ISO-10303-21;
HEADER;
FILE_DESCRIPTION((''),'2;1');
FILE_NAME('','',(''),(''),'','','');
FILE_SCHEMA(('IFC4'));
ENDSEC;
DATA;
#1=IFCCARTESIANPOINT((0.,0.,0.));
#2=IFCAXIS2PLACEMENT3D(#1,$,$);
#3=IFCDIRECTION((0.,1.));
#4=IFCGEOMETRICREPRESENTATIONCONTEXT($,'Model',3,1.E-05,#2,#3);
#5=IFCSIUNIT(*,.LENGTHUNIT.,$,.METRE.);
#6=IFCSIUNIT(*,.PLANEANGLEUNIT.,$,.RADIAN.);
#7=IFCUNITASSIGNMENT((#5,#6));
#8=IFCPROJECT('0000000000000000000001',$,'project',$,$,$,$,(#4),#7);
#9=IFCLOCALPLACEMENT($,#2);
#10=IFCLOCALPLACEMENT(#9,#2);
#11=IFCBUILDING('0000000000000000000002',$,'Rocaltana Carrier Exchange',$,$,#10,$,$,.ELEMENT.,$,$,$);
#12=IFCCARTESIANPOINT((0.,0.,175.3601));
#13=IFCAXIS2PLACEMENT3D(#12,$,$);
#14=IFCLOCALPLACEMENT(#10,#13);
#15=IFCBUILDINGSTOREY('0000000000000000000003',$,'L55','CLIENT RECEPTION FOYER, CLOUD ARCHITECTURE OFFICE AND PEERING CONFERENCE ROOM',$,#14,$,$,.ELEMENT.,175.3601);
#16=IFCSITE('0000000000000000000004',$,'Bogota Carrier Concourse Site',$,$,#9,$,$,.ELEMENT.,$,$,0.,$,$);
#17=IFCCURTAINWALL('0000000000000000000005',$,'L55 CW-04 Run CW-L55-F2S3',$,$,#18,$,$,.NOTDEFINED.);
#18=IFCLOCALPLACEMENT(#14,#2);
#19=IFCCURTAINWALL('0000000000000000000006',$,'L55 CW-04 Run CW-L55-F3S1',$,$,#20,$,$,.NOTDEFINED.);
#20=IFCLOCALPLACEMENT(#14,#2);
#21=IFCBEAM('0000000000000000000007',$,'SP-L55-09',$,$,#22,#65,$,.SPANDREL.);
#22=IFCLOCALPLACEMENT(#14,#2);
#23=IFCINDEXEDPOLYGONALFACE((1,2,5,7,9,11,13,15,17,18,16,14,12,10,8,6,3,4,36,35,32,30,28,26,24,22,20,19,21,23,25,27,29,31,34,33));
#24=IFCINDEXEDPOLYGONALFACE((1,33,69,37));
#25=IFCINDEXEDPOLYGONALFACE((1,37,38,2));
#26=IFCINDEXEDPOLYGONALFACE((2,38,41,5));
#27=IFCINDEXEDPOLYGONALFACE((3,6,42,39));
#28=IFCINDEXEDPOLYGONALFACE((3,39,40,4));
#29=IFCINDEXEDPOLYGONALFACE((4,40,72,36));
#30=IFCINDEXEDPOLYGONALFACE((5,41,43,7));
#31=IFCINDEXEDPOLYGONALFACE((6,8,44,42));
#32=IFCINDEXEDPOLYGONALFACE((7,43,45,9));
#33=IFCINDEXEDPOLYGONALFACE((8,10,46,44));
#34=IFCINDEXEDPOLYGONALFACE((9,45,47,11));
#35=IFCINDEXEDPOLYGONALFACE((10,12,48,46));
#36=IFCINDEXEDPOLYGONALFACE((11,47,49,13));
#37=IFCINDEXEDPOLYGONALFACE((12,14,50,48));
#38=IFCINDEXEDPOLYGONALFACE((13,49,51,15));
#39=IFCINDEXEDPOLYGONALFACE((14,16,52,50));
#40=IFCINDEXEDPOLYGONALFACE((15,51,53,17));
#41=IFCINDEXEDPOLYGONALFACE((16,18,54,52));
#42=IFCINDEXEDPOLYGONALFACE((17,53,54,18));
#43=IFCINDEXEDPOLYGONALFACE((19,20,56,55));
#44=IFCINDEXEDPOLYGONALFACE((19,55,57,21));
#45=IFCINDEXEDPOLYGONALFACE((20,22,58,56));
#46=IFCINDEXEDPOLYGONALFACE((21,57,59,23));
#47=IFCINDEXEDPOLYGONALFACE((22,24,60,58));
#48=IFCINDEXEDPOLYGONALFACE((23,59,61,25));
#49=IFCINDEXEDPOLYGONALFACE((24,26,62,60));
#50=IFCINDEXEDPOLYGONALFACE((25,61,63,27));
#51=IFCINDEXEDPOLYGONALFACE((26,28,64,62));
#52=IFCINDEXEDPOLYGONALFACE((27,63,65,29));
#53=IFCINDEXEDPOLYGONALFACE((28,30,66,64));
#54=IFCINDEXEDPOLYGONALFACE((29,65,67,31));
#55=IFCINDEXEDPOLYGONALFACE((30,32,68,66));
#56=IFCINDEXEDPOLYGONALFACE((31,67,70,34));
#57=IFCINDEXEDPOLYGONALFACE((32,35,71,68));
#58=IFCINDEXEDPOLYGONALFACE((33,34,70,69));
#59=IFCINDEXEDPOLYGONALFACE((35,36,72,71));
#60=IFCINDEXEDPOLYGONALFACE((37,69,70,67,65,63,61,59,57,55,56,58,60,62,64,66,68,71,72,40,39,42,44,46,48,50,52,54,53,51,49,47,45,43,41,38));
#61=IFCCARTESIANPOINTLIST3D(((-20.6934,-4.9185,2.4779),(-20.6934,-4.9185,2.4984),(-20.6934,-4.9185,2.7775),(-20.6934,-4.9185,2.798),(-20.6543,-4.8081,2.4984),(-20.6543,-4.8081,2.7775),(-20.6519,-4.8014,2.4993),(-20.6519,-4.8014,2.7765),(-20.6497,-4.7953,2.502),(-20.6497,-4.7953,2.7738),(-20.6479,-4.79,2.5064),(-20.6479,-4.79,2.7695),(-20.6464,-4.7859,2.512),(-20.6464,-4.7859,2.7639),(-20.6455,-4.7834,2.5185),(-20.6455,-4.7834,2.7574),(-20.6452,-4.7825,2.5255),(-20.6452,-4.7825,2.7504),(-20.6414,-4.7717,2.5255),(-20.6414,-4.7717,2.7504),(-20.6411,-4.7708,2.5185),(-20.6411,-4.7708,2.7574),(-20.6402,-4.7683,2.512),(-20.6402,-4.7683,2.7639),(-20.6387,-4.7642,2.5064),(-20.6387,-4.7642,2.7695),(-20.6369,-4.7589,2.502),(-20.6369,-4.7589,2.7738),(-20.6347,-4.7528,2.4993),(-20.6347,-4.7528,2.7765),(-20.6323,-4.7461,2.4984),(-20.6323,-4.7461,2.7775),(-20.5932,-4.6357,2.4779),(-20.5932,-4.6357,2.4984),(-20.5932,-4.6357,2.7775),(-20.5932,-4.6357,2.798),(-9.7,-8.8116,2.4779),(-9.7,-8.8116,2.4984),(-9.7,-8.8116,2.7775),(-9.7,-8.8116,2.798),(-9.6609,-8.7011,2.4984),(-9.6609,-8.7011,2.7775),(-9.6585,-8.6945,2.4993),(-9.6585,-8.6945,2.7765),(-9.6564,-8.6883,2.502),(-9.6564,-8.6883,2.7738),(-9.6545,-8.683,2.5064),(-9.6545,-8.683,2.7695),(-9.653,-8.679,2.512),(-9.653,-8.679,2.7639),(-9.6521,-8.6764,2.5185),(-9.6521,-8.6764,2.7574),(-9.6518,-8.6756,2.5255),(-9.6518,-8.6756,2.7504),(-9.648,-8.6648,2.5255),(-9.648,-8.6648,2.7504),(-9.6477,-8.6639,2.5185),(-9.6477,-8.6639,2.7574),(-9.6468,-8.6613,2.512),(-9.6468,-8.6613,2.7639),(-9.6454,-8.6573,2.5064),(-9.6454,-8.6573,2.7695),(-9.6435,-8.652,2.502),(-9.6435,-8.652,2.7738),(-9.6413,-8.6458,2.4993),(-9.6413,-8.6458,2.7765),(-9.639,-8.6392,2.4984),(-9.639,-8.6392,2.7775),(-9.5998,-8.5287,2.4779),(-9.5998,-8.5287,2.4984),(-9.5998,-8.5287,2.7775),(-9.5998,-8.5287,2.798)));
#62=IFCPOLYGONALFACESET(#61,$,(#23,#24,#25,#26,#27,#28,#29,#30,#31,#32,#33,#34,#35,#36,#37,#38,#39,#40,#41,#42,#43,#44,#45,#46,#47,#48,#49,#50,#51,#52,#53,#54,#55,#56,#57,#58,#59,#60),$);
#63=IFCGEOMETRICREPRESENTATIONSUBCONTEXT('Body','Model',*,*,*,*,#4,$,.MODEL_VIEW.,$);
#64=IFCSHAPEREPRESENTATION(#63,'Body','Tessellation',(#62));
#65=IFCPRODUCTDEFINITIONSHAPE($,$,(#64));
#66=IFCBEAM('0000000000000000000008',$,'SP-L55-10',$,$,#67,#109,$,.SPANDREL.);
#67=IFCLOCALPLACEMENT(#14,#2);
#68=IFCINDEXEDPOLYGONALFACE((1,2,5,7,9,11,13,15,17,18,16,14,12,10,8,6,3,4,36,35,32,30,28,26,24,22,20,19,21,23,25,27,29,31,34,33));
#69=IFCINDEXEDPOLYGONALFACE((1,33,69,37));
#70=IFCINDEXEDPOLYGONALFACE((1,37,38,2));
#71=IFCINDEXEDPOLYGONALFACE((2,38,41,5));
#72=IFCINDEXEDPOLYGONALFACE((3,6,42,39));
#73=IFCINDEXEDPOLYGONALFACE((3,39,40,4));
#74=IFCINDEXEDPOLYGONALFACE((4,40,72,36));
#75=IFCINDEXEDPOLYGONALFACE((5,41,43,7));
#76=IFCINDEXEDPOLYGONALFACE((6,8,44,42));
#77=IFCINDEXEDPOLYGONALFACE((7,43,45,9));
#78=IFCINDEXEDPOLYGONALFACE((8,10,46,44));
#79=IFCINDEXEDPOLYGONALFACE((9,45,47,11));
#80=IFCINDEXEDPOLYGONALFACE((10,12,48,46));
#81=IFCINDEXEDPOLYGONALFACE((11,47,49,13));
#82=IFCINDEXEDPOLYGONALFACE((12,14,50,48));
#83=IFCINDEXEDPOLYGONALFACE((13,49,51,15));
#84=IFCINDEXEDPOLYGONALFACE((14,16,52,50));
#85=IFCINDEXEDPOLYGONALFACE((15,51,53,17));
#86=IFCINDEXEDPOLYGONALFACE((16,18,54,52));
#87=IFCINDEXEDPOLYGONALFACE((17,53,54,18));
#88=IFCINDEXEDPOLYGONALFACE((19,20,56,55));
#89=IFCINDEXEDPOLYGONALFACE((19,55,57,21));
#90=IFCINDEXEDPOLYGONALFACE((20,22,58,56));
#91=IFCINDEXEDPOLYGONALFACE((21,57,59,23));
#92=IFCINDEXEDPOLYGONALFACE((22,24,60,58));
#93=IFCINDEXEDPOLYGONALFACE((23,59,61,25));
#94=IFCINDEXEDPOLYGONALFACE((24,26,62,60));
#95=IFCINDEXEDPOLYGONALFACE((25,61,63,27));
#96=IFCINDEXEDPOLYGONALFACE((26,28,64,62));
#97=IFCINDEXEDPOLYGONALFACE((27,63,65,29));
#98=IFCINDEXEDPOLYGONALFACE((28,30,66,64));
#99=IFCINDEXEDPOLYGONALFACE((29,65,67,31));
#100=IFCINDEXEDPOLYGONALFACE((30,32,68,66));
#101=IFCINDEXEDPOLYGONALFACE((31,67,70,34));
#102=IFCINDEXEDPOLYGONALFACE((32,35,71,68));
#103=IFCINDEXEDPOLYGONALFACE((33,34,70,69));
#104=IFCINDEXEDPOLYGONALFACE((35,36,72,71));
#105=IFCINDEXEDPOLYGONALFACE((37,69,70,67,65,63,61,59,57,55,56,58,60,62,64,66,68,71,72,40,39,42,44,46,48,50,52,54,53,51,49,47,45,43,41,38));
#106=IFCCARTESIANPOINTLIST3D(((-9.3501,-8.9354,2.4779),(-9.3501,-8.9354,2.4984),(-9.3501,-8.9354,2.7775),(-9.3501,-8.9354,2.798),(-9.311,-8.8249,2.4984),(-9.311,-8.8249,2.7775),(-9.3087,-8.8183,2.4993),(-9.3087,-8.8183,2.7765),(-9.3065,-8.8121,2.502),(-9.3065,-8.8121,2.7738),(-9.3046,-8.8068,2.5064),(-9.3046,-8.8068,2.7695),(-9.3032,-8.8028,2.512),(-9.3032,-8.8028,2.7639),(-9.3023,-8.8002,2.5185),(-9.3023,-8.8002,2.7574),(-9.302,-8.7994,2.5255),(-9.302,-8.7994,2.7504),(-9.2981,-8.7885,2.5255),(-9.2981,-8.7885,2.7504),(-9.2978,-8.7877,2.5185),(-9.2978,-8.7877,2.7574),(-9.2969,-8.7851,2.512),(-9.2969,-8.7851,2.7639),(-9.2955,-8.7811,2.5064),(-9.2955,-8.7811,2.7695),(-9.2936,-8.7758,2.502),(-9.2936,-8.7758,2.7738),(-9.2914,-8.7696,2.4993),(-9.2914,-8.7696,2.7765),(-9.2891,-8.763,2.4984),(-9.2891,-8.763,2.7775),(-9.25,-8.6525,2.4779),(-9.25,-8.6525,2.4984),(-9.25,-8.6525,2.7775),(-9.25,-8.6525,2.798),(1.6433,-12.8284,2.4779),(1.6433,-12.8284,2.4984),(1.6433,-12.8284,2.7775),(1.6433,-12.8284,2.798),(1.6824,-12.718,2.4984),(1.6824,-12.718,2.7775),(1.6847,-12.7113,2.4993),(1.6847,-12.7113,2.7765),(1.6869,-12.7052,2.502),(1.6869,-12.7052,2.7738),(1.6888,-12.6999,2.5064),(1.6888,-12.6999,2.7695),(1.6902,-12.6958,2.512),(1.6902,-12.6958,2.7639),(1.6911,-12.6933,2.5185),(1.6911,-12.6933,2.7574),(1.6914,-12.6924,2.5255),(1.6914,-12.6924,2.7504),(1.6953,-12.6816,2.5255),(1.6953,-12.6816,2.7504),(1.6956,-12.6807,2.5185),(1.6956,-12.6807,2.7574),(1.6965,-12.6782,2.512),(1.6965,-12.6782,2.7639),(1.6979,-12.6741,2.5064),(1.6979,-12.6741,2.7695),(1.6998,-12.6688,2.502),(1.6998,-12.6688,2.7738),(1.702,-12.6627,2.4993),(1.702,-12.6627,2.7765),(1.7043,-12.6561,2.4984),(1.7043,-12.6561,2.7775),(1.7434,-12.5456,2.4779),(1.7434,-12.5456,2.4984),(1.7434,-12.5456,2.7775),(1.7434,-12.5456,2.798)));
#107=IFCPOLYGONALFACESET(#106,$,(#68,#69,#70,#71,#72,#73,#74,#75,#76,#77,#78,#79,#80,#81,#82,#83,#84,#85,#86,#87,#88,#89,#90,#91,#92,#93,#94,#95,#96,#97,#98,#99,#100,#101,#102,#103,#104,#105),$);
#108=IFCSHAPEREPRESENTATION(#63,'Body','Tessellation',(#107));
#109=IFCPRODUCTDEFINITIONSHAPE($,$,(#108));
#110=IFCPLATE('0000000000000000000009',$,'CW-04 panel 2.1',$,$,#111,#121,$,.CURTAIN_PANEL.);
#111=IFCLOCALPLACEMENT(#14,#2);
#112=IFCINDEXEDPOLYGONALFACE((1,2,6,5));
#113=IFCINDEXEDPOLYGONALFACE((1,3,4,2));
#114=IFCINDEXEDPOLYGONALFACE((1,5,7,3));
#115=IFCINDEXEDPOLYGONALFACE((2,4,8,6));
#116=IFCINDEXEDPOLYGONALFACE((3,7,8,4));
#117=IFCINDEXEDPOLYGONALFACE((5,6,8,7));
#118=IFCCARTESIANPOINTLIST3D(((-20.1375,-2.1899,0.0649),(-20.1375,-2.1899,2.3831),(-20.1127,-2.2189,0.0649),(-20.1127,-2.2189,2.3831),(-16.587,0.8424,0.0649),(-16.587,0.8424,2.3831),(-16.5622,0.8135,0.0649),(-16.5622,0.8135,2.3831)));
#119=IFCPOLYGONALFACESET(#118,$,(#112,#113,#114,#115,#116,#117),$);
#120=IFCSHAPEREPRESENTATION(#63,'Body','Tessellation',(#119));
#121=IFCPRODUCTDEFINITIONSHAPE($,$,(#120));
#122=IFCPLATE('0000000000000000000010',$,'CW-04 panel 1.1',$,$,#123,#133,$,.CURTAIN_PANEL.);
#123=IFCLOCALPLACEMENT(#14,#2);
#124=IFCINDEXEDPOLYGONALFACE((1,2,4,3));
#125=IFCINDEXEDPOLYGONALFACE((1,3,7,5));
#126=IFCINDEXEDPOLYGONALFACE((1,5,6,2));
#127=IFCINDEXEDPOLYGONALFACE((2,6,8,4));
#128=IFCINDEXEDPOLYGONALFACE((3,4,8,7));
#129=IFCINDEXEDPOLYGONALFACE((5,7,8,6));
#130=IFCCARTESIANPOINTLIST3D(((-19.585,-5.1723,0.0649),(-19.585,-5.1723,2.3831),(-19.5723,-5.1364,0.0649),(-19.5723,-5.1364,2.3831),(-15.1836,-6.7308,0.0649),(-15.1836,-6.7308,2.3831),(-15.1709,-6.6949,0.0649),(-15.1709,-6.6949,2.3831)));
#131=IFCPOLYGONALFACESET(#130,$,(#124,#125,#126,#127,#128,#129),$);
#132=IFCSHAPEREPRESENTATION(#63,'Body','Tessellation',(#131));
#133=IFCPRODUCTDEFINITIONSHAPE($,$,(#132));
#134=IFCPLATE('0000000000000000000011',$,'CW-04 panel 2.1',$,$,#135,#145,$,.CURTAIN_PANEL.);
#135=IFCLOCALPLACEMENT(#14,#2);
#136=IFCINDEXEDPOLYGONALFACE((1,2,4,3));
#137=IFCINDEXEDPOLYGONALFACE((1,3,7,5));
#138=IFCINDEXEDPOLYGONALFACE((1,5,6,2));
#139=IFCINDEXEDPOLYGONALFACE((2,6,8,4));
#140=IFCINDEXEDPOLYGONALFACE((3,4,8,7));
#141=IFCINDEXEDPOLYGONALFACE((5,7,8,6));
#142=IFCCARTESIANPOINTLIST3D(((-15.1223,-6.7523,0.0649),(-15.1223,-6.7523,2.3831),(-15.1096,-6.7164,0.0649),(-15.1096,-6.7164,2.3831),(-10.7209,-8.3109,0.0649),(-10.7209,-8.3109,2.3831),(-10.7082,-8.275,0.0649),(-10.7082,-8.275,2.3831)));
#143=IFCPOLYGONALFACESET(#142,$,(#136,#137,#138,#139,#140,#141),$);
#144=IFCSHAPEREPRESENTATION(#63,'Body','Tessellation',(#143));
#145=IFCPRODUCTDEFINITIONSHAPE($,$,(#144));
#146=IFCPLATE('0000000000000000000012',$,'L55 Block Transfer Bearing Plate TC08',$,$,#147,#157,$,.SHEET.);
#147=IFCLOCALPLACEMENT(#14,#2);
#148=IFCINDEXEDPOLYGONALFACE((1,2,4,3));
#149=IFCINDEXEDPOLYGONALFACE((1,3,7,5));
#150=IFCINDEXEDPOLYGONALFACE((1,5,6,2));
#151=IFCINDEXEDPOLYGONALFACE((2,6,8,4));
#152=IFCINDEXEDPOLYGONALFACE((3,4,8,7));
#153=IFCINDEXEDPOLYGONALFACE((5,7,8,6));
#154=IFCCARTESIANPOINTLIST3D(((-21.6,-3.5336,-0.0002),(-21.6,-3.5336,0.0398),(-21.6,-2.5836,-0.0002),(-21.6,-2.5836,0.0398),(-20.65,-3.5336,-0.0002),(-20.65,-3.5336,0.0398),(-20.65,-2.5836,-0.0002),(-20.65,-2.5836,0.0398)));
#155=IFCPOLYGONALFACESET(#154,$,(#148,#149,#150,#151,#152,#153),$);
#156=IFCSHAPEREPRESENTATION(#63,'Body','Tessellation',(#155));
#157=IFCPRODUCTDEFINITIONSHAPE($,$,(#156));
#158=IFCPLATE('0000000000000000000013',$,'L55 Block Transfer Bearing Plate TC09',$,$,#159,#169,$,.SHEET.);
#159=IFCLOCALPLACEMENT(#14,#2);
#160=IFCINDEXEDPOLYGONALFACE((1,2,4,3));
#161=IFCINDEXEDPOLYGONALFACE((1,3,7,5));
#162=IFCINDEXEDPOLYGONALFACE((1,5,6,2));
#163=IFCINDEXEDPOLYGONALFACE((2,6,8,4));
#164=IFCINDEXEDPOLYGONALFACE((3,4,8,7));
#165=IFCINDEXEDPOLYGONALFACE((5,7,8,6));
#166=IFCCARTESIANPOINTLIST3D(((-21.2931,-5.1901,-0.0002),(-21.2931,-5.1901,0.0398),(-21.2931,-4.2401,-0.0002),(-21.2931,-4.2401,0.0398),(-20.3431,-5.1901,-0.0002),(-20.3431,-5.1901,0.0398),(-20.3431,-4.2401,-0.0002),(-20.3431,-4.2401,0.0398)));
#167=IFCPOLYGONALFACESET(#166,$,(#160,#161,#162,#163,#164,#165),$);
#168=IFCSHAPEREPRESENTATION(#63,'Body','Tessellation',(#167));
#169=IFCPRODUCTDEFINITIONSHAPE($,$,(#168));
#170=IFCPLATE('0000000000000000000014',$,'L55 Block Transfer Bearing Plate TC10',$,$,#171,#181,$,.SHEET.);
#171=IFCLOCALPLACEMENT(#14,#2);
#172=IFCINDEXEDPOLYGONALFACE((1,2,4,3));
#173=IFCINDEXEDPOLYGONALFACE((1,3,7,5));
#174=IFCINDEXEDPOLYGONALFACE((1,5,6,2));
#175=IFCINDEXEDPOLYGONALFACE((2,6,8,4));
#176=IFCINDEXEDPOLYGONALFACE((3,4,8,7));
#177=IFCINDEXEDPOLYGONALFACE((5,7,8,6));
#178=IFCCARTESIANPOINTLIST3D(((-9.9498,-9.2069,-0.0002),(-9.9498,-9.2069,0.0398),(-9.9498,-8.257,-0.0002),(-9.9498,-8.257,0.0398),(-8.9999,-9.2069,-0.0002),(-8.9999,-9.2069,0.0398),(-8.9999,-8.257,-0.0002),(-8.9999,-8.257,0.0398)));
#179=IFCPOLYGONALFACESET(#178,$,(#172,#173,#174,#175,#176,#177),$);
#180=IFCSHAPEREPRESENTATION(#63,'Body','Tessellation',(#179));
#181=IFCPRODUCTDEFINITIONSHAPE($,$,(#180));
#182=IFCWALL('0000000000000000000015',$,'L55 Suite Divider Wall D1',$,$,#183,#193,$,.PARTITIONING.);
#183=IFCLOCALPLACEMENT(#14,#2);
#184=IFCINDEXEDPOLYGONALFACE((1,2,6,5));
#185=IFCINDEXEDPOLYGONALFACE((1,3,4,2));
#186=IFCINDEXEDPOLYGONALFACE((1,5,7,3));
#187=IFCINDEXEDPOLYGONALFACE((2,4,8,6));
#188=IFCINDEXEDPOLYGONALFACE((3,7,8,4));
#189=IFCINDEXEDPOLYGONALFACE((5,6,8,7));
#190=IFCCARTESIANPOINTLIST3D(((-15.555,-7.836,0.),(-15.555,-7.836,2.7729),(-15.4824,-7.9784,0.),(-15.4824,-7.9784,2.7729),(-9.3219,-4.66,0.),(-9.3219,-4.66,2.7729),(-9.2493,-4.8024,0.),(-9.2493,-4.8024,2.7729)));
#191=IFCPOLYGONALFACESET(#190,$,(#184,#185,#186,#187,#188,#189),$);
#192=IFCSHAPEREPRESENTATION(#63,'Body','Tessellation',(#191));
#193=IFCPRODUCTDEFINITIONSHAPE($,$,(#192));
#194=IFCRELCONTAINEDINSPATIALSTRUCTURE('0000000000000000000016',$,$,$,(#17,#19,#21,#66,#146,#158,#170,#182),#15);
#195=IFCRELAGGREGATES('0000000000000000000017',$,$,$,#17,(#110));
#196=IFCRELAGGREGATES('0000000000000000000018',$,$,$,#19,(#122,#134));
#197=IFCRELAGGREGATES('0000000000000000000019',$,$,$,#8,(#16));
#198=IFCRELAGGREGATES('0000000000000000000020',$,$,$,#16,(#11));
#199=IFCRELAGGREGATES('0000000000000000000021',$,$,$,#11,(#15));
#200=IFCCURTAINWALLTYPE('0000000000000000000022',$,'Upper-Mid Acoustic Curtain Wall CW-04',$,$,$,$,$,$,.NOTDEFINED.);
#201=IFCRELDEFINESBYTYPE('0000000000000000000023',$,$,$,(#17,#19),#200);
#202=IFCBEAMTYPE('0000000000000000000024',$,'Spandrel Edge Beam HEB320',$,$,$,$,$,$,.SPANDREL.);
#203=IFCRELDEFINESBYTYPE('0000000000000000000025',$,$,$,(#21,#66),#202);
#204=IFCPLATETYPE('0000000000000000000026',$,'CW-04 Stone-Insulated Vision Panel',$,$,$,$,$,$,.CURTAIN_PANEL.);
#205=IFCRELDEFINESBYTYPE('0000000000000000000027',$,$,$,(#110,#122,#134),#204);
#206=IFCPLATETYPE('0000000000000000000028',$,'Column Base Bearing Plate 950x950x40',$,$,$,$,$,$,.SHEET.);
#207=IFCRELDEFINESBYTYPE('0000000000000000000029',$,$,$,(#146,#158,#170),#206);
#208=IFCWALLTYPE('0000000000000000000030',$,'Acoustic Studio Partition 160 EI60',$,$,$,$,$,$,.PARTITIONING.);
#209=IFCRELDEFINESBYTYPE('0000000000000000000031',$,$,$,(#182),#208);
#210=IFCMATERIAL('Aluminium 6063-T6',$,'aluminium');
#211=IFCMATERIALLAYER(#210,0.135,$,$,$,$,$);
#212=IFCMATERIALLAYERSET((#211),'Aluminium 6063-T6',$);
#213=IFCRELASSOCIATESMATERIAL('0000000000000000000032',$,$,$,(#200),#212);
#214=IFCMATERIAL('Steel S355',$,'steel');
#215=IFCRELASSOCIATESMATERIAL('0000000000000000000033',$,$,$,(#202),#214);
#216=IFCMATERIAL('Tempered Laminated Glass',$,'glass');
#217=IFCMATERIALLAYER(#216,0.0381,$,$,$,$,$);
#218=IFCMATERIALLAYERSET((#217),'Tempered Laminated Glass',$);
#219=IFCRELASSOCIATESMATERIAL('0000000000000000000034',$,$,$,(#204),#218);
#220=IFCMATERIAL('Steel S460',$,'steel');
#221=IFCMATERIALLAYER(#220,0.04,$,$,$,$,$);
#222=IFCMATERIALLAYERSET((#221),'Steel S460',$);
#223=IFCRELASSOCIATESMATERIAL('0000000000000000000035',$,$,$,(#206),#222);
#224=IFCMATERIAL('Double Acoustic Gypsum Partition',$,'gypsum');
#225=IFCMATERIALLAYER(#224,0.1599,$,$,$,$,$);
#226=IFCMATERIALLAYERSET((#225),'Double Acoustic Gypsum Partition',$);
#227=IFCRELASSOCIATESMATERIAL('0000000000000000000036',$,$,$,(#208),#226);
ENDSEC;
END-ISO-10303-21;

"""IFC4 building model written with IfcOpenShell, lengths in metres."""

from ifc_helpers import new_model, si_unit, direction, frame, frame_2d, origin, origin_2d, place, context, subcontext, project, spatial, rectangle, i_section, extrude, material, layer, layer_set, material_profile, profile_set, type_object, element, aggregate, save


model = new_model("IFC4")

# Units and contexts
model_context = context("Model", 3, precision=1e-05, world=origin(), true_north=direction((0.0, 1.0)))
body_context = subcontext(model_context, "Body", "Model", "MODEL_VIEW")
ifc_project = project(units=[si_unit("LENGTHUNIT", "METRE"), si_unit("PLANEANGLEUNIT", "RADIAN")], contexts=[model_context])

# Site, building, storey
site_placement = place(None, origin())
site = spatial("IfcSite", under=ifc_project, at=site_placement, Name="Bogota Carrier Concourse Site", CompositionType="ELEMENT", RefElevation=0.0)
building_placement = place(site_placement, origin())
building = spatial("IfcBuilding", under=site, at=building_placement, Name="Rocaltana Carrier Exchange", CompositionType="ELEMENT")
storey_placement = place(building_placement, frame((0.0, 0.0, 175.3601)))
storey = spatial("IfcBuildingStorey", under=building, at=storey_placement, Name="L55", Description="CLIENT RECEPTION FOYER, CLOUD ARCHITECTURE OFFICE AND PEERING CONFERENCE ROOM", CompositionType="ELEMENT", Elevation=175.3601)

# Curtain wall
ifc_material_1 = material(Name="Aluminium 6063-T6", Category="aluminium")
ifc_layer_1 = layer(ifc_material_1, 0.135)
ifc_layer_set_1 = layer_set([ifc_layer_1], Name="Aluminium 6063-T6")
curtain_wall_type = type_object("IfcCurtainWallType", Name="Upper-Mid Acoustic Curtain Wall CW-04", PredefinedType="NOTDEFINED", material=ifc_layer_set_1)
curtain_wall_1_placement = place(storey_placement, origin())
curtain_wall_1 = element("IfcCurtainWall", 1, at=curtain_wall_1_placement, inside=storey, type_object=curtain_wall_type, Name="L55 CW-04 Run CW-L55-F2S3", PredefinedType="NOTDEFINED")

# Curtain wall
curtain_wall_2_placement = place(storey_placement, origin())
curtain_wall_2 = element("IfcCurtainWall", 2, at=curtain_wall_2_placement, inside=storey, type_object=curtain_wall_type, Name="L55 CW-04 Run CW-L55-F3S1", PredefinedType="NOTDEFINED")

# Beams
ifc_material_2 = material(Name="Steel S355", Category="steel")
ifc_material_profile_1 = material_profile(ifc_material_2, i_section(OverallWidth=0.3, OverallDepth=0.3201, WebThickness=0.0115, FlangeThickness=0.0205, FilletRadius=0.0271, at=origin_2d()), Name="HEB320")
ifc_profile_set_1 = profile_set([ifc_material_profile_1], Name="Steel S355")
beam_type_1 = type_object("IfcBeamType", Name="Spandrel Edge Beam HEB320", PredefinedType="SPANDREL", material=ifc_profile_set_1)
for number, where, z_axis, x_axis, name in (
    (3, (-20.6433, -4.7771, 2.6379), (0.942639, -0.333814, 0.0), (0.333814, 0.942639, 0.0), "SP-L55-09"),
    (4, (-9.3, -8.7939, 2.6379), (0.942639, -0.333814, 0.0), (0.333814, 0.942639, 0.0), "SP-L55-10"),
):
    element("IfcBeam", number, at=place(storey_placement, frame(where, z_axis=z_axis, x_axis=x_axis)), inside=storey, type_object=beam_type_1, Name=name, PredefinedType="SPANDREL", context=body_context, shape_type="SweptSolid", body=[
        extrude(i_section(OverallWidth=0.3, OverallDepth=0.3201, WebThickness=0.0115, FlangeThickness=0.0205, FilletRadius=0.0271, at=origin_2d()), origin(), (0.0, 0.0, 1.0), 11.6624),
    ])

# Plates
ifc_material_3 = material(Name="Tempered Laminated Glass", Category="glass")
ifc_layer_2 = layer(ifc_material_3, 0.0381)
ifc_layer_set_2 = layer_set([ifc_layer_2], Name="Tempered Laminated Glass")
plate_type_1 = type_object("IfcPlateType", Name="CW-04 Stone-Insulated Vision Panel", PredefinedType="CURTAIN_PANEL", material=ifc_layer_set_2)
plate_1_placement = place(storey_placement, frame((-18.3499, -0.6882, 0.0649), z_axis=(0.0, 0.0, 1.0), x_axis=(-0.760406, -0.649448, 0.0)))
plate_1 = element("IfcPlate", 5, at=plate_1_placement, type_object=plate_type_1, Name="CW-04 panel 2.1", PredefinedType="CURTAIN_PANEL", context=body_context, shape_type="SweptSolid", body=[
    extrude(rectangle(XDim=4.6692, YDim=0.0381, at=origin_2d()), origin(), (0.0, 0.0, 1.0), 2.3181),
])
aggregate(curtain_wall_1, [plate_1])
plate_2_placement = place(storey_placement, frame((-17.3779, -5.9336, 0.0649), z_axis=(0.0, 0.0, 1.0), x_axis=(0.942646, -0.333795, 0.0)))
plate_2 = element("IfcPlate", 6, at=plate_2_placement, type_object=plate_type_1, Name="CW-04 panel 1.1", PredefinedType="CURTAIN_PANEL", context=body_context, shape_type="SweptSolid", body=[
    extrude(rectangle(XDim=4.6692, YDim=0.0381, at=origin_2d()), origin(), (0.0, 0.0, 1.0), 2.3181),
])
plate_3_placement = place(storey_placement, frame((-12.9153, -7.5137, 0.0649), z_axis=(0.0, 0.0, 1.0), x_axis=(0.942646, -0.333795, 0.0)))
plate_3 = element("IfcPlate", 7, at=plate_3_placement, type_object=plate_type_1, Name="CW-04 panel 2.1", PredefinedType="CURTAIN_PANEL", context=body_context, shape_type="SweptSolid", body=[
    extrude(rectangle(XDim=4.6692, YDim=0.0381, at=origin_2d()), origin(), (0.0, 0.0, 1.0), 2.3181),
])
aggregate(curtain_wall_2, [plate_2, plate_3])

# Plates
ifc_material_4 = material(Name="Steel S460", Category="steel")
ifc_layer_3 = layer(ifc_material_4, 0.04)
ifc_layer_set_3 = layer_set([ifc_layer_3], Name="Steel S460")
plate_type_2 = type_object("IfcPlateType", Name="Column Base Bearing Plate 950x950x40", PredefinedType="SHEET", material=ifc_layer_set_3)
for number, where, z_axis, x_axis, name in (
    (8, (-21.125, -3.0586, -0.0002), (0.0, 0.0, 1.0), (1.0, 0.0, 0.0), "L55 Block Transfer Bearing Plate TC08"),
    (9, (-20.8181, -4.7151, -0.0002), (0.0, 0.0, 1.0), (1.0, 0.0, 0.0), "L55 Block Transfer Bearing Plate TC09"),
    (10, (-9.4749, -8.7319, -0.0002), (0.0, 0.0, 1.0), (1.0, 0.0, 0.0), "L55 Block Transfer Bearing Plate TC10"),
):
    element("IfcPlate", number, at=place(storey_placement, frame(where, z_axis=z_axis, x_axis=x_axis)), inside=storey, type_object=plate_type_2, Name=name, PredefinedType="SHEET", context=body_context, shape_type="SweptSolid", body=[
        extrude(rectangle(XDim=0.95, YDim=0.95, at=origin_2d()), origin(), (0.0, 0.0, 1.0), 0.04),
    ])

# Wall
ifc_material_5 = material(Name="Double Acoustic Gypsum Partition", Category="gypsum")
ifc_layer_4 = layer(ifc_material_5, 0.1599)
ifc_layer_set_4 = layer_set([ifc_layer_4], Name="Double Acoustic Gypsum Partition")
wall_type_1 = type_object("IfcWallType", Name="Acoustic Studio Partition 160 EI60", PredefinedType="PARTITIONING", material=ifc_layer_set_4)
wall_1_placement = place(storey_placement, frame((-9.2856, -4.7312, 0.0), z_axis=(0.0, 0.0, 1.0), x_axis=(-0.891002, -0.453999, 0.0)))
element("IfcWall", 11, at=wall_1_placement, inside=storey, type_object=wall_type_1, Name="L55 Suite Divider Wall D1", PredefinedType="PARTITIONING", context=body_context, shape_type="SweptSolid", body=[
    extrude(rectangle(XDim=6.9956, YDim=0.1599, at=frame_2d((3.4978, 0.0))), origin(), (0.0, 0.0, 1.0), 2.7729),
])

save(model, "model.ifc")
